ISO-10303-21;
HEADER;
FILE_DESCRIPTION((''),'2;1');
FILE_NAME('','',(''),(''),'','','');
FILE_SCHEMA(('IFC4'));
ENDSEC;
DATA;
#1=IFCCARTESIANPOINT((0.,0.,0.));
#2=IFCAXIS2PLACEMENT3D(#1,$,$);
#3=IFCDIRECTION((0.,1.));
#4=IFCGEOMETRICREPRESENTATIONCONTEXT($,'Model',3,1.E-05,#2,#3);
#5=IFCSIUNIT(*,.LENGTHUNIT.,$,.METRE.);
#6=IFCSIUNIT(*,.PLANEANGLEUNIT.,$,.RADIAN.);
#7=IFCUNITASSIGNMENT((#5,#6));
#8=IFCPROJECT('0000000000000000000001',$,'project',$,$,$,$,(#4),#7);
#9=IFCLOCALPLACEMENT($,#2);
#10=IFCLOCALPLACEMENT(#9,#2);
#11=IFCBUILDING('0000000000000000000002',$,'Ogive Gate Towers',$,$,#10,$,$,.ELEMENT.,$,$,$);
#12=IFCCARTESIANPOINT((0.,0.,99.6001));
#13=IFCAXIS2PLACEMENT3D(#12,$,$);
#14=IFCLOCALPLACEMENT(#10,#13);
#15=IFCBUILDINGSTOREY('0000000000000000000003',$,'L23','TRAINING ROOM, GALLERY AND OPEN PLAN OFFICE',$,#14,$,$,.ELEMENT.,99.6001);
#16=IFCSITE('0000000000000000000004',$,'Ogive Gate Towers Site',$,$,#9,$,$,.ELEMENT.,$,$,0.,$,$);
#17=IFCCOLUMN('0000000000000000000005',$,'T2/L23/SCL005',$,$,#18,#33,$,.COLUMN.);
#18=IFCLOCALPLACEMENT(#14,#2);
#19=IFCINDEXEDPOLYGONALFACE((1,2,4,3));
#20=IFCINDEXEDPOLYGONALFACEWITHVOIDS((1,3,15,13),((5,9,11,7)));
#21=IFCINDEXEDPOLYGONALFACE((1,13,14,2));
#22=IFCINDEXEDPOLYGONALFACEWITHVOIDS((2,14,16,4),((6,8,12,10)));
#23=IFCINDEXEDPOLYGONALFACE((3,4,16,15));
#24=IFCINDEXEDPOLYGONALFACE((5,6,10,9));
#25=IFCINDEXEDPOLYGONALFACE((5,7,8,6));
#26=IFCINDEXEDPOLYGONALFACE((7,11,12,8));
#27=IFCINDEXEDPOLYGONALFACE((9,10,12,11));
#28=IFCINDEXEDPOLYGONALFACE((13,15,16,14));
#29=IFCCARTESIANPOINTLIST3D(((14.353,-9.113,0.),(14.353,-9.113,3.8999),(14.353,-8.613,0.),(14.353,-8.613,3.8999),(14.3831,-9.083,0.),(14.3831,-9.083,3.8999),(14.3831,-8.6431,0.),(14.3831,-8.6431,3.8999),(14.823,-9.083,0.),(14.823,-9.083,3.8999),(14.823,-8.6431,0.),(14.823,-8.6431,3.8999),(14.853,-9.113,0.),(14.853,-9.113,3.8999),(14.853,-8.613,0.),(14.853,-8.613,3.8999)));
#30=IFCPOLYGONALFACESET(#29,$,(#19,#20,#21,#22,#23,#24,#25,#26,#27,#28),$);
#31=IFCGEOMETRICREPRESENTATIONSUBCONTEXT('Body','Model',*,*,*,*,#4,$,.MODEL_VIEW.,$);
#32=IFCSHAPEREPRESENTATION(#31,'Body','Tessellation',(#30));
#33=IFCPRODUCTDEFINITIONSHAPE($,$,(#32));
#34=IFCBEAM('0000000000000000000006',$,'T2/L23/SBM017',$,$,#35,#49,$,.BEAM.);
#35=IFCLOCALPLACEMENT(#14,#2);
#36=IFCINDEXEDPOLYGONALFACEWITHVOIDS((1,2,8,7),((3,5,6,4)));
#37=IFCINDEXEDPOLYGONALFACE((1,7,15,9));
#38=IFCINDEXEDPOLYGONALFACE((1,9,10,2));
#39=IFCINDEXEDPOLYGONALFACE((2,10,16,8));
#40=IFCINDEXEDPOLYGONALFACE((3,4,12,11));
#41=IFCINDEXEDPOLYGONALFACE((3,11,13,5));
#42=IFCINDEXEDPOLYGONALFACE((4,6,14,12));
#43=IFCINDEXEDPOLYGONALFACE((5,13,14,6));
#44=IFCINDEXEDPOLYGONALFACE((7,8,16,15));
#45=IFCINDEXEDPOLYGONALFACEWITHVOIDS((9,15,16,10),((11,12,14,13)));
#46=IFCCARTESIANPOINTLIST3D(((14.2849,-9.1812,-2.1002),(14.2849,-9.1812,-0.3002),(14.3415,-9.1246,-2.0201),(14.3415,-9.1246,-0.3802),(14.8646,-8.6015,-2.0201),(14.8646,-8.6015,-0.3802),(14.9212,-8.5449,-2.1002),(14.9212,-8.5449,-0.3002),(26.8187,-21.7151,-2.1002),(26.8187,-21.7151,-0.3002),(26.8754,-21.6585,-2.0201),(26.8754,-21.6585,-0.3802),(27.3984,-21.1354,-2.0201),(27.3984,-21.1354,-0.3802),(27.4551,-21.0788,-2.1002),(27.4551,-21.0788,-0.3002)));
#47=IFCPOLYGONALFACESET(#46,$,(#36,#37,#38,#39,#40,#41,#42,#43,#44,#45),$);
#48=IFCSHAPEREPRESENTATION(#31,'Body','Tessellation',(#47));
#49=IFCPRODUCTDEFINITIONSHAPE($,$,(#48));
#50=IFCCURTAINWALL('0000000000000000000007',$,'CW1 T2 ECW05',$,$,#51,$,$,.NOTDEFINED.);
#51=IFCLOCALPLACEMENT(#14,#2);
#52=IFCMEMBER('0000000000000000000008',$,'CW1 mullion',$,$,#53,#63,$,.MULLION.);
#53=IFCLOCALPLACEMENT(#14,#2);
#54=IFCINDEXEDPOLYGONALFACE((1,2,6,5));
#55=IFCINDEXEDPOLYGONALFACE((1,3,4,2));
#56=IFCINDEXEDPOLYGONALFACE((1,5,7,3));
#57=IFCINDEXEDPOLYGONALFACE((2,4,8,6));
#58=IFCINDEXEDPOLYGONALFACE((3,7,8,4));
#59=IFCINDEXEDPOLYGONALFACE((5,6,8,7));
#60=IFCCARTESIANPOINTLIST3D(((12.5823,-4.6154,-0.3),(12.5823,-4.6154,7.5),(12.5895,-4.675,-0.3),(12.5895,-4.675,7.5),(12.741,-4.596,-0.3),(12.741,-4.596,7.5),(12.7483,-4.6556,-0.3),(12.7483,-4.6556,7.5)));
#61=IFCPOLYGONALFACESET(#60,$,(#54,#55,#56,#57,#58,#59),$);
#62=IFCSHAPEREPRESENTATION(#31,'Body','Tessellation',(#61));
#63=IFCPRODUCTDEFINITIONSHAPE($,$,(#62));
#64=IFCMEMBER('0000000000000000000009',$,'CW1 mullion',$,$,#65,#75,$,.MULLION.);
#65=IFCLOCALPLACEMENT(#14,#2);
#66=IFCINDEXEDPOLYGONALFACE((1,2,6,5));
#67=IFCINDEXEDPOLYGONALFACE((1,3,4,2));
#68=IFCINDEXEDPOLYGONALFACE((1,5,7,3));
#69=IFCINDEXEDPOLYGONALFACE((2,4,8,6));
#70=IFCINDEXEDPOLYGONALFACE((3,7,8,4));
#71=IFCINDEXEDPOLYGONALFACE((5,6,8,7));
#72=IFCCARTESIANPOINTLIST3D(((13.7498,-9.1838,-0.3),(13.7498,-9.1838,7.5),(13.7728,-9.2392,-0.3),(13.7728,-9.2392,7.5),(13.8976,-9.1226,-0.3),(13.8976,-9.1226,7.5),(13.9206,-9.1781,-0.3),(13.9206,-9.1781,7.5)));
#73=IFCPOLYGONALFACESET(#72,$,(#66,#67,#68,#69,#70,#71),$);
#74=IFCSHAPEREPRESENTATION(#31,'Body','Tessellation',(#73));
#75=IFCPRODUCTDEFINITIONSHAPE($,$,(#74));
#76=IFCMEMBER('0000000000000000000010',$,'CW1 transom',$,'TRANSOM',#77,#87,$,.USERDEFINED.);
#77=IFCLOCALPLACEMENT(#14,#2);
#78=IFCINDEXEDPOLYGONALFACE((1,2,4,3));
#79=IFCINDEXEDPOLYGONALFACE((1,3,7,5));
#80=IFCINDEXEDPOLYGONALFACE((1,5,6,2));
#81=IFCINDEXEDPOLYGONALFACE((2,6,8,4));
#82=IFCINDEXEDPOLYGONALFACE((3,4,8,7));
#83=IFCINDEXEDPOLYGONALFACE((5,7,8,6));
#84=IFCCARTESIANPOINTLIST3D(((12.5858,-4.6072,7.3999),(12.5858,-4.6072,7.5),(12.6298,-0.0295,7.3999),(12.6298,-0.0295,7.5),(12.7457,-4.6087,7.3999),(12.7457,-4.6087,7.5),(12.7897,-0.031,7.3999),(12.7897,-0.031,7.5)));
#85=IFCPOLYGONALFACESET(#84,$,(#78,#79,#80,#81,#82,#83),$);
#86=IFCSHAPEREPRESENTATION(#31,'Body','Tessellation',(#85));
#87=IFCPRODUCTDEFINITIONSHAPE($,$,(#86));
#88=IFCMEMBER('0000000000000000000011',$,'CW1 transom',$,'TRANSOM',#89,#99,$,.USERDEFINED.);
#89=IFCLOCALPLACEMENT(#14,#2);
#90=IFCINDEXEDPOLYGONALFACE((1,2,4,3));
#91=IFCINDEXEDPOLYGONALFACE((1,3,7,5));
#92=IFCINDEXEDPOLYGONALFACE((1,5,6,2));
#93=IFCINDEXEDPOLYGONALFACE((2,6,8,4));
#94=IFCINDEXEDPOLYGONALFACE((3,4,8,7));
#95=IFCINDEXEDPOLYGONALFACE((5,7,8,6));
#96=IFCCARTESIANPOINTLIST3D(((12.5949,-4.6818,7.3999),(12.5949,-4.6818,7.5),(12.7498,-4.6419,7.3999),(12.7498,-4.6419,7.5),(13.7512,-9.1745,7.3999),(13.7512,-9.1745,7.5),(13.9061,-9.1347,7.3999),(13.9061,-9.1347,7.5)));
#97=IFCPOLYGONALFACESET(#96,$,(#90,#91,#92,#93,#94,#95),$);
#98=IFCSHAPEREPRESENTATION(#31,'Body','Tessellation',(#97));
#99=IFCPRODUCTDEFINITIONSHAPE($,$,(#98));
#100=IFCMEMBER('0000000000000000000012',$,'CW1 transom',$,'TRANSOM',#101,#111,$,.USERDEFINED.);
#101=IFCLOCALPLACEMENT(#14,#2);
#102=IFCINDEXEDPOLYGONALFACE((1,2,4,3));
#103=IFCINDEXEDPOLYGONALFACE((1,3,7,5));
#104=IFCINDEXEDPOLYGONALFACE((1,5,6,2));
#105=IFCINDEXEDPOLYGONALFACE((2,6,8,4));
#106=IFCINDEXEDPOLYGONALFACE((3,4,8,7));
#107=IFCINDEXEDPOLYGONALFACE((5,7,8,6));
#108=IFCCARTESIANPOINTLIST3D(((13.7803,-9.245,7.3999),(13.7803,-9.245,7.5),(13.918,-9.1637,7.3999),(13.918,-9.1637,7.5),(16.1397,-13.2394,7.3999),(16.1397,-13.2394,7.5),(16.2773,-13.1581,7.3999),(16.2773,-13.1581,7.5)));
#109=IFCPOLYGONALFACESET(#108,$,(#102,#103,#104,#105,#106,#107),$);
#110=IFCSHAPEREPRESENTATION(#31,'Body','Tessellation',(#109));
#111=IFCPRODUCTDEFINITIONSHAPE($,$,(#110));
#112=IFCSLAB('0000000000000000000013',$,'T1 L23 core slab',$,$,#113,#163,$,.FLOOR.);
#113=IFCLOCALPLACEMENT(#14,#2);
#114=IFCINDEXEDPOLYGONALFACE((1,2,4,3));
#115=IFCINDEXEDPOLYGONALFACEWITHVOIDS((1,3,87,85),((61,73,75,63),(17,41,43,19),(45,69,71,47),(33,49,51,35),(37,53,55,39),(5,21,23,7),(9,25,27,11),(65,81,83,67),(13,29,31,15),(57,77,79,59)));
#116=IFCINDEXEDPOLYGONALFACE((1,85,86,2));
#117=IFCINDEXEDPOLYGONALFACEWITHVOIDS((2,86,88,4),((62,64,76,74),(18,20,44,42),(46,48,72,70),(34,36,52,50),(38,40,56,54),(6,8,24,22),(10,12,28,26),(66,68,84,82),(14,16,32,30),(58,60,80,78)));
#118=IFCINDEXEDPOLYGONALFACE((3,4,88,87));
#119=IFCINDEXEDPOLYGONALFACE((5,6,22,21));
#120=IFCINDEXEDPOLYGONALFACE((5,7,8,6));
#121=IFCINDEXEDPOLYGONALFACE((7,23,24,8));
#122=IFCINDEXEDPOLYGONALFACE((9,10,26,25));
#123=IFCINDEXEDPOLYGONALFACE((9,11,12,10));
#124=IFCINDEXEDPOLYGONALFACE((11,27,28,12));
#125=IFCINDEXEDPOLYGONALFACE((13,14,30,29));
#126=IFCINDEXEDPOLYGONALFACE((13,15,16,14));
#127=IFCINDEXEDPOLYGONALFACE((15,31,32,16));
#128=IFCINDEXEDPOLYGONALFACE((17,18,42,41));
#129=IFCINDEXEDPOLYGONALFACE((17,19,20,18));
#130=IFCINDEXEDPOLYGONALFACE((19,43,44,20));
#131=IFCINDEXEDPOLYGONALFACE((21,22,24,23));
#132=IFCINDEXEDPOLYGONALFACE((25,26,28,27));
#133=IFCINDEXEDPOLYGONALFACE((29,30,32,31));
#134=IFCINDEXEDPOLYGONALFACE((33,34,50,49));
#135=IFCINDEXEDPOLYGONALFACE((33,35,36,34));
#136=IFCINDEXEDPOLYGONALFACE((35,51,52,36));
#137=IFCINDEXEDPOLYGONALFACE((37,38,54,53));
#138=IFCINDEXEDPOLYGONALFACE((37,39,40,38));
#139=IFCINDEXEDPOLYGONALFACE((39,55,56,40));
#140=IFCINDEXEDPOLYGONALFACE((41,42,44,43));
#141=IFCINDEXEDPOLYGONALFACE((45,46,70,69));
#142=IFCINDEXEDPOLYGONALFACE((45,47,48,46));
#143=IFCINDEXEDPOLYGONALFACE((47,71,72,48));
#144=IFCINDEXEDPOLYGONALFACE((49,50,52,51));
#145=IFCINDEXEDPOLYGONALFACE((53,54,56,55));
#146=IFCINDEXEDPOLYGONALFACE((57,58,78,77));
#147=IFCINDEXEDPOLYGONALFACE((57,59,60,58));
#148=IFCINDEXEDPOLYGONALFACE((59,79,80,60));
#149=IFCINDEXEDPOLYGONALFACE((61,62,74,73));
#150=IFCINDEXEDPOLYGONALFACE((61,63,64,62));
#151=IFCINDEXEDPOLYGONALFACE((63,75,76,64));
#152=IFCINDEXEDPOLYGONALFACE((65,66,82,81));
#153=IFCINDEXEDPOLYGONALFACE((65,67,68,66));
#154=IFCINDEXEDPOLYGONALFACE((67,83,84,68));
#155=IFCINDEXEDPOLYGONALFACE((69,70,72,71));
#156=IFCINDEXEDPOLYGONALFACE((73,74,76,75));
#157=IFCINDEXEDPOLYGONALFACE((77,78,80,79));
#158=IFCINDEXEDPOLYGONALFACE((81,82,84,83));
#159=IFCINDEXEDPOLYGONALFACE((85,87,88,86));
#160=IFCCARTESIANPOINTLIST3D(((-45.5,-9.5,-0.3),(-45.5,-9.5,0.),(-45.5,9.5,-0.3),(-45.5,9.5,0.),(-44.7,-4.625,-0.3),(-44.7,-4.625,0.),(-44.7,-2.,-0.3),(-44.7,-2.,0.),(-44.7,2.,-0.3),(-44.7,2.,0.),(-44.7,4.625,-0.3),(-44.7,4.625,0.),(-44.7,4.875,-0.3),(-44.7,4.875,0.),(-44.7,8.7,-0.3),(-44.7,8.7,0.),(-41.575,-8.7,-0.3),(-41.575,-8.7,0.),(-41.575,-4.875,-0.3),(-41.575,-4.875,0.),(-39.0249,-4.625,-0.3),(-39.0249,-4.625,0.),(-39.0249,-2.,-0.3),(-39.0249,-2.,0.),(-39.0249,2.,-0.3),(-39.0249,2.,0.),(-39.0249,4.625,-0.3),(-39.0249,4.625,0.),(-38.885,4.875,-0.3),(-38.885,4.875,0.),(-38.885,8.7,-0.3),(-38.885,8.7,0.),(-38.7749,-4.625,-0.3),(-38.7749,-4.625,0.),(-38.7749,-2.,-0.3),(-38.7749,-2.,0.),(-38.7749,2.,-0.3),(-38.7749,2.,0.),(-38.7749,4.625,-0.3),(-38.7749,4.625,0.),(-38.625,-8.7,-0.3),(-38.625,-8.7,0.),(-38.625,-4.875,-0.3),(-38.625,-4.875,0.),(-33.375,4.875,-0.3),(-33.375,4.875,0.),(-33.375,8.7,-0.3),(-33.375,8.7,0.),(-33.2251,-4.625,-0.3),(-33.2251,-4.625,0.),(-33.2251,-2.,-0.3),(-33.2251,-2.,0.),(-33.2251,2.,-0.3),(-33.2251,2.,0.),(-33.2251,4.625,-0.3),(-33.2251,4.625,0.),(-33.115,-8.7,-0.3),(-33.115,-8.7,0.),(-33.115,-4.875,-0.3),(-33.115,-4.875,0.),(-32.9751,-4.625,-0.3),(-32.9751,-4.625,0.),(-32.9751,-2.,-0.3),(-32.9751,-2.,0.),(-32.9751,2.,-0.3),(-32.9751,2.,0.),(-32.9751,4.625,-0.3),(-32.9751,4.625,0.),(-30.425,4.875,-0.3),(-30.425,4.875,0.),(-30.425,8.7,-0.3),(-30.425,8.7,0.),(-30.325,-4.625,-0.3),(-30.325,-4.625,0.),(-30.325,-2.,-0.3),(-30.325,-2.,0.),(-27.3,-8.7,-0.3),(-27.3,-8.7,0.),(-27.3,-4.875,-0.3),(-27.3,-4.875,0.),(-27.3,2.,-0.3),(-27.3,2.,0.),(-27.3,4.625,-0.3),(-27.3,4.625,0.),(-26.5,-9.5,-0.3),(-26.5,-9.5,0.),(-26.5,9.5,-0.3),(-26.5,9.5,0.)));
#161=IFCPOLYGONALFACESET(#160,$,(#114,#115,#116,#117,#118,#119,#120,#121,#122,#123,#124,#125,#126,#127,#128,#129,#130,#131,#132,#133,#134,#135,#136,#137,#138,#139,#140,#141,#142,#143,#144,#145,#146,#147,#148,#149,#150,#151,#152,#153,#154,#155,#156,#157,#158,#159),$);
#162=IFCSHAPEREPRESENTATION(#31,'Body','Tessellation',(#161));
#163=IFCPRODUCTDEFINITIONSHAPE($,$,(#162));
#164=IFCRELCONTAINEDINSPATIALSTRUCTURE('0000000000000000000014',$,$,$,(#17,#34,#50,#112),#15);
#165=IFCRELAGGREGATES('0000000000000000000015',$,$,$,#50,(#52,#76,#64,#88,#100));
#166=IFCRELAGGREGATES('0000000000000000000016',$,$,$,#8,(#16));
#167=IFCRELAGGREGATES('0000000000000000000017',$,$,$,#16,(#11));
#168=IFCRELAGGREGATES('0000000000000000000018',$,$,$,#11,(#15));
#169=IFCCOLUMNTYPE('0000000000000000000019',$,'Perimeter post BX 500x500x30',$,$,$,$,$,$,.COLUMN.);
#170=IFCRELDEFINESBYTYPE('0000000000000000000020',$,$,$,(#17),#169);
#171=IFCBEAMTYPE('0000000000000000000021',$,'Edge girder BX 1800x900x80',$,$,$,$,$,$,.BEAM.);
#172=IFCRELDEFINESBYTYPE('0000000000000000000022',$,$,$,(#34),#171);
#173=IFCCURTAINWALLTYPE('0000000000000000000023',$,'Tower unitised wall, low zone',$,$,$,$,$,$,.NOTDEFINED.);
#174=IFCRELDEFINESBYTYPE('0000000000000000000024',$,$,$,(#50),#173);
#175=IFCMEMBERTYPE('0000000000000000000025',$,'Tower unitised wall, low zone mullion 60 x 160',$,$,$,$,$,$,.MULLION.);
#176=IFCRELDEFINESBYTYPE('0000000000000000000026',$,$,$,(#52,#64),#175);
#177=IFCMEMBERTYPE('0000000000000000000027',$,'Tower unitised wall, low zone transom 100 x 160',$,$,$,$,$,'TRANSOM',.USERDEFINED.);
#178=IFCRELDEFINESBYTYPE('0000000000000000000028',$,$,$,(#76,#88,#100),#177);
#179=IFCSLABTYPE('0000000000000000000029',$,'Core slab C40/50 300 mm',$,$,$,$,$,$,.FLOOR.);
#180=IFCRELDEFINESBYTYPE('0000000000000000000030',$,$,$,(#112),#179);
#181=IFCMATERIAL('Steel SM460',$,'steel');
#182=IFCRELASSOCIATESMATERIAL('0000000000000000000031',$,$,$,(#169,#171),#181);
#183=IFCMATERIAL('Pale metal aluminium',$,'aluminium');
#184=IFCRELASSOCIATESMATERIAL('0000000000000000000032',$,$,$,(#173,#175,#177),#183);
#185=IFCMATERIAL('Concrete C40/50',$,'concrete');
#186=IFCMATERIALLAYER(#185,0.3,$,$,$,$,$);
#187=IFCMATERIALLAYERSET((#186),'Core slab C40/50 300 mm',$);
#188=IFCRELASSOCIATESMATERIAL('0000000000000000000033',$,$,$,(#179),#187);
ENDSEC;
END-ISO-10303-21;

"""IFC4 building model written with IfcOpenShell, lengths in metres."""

from ifc_helpers import new_model, si_unit, direction, frame, origin, origin_2d, place, context, subcontext, project, spatial, polyline, rectangle, hollow_rectangle, outline, extrude, material, layer, layer_set, material_profile, profile_set, type_object, element, aggregate, save


model = new_model("IFC4")

# Units and contexts
model_context = context("Model", 3, precision=1e-05, world=origin(), true_north=direction((0.0, 1.0)))
body_context = subcontext(model_context, "Body", "Model", "MODEL_VIEW")
ifc_project = project(units=[si_unit("LENGTHUNIT", "METRE"), si_unit("PLANEANGLEUNIT", "RADIAN")], contexts=[model_context])

# Site, building, storey
site_placement = place(None, origin())
site = spatial("IfcSite", under=ifc_project, at=site_placement, Name="Ogive Gate Towers Site", CompositionType="ELEMENT", RefElevation=0.0)
building_placement = place(site_placement, origin())
building = spatial("IfcBuilding", under=site, at=building_placement, Name="Ogive Gate Towers", CompositionType="ELEMENT")
storey_placement = place(building_placement, frame((0.0, 0.0, 99.6001)))
storey = spatial("IfcBuildingStorey", under=building, at=storey_placement, Name="L23", Description="TRAINING ROOM, GALLERY AND OPEN PLAN OFFICE", CompositionType="ELEMENT", Elevation=99.6001)

# Column
ifc_material_1 = material(Name="Steel SM460", Category="steel")
ifc_material_profile_1 = material_profile(ifc_material_1, hollow_rectangle(XDim=0.5, YDim=0.5, WallThickness=0.03, at=origin_2d()), Name="BX 500x500x30")
ifc_profile_set_1 = profile_set([ifc_material_profile_1], Name="Steel SM460")
column_type = type_object("IfcColumnType", Name="Perimeter post BX 500x500x30", PredefinedType="COLUMN", material=ifc_profile_set_1)
column_placement = place(storey_placement, frame((14.603, -8.863, 0.0), z_axis=(0.0, 0.0, 1.0), x_axis=(1.0, 0.0, 0.0)))
element("IfcColumn", 1, at=column_placement, inside=storey, type_object=column_type, Name="T2/L23/SCL005", PredefinedType="COLUMN", context=body_context, shape_type="SweptSolid", body=[
    extrude(hollow_rectangle(XDim=0.5, YDim=0.5, WallThickness=0.03, at=origin_2d()), origin(), (0.0, 0.0, 1.0), 3.8999),
])

# Beam
ifc_material_profile_2 = material_profile(ifc_material_1, hollow_rectangle(XDim=0.8999, YDim=1.8, WallThickness=0.0801, at=origin_2d()), Name="BX 1800x900x80")
ifc_profile_set_2 = profile_set([ifc_material_profile_2], Name="Steel SM460")
beam_type = type_object("IfcBeamType", Name="Edge girder BX 1800x900x80", PredefinedType="BEAM", material=ifc_profile_set_2)
beam_placement = place(storey_placement, frame((14.603, -8.863, -1.2002), z_axis=(0.707107, -0.707107, 0.0), x_axis=(0.707107, 0.707107, 0.0)))
element("IfcBeam", 2, at=beam_placement, inside=storey, type_object=beam_type, Name="T2/L23/SBM017", PredefinedType="BEAM", context=body_context, shape_type="SweptSolid", body=[
    extrude(hollow_rectangle(XDim=0.8999, YDim=1.8, WallThickness=0.0801, at=origin_2d()), origin(), (0.0, 0.0, 1.0), 17.7256),
])

# Curtain wall, members
ifc_material_2 = material(Name="Pale metal aluminium", Category="aluminium")
curtain_wall_type = type_object("IfcCurtainWallType", Name="Tower unitised wall, low zone", PredefinedType="NOTDEFINED", material=ifc_material_2)
curtain_wall_placement = place(storey_placement, origin())
curtain_wall = element("IfcCurtainWall", 3, at=curtain_wall_placement, inside=storey, type_object=curtain_wall_type, Name="CW1 T2 ECW05", PredefinedType="NOTDEFINED")
ifc_material_profile_3 = material_profile(ifc_material_2, rectangle(XDim=0.1599, YDim=0.0601, at=origin_2d()), Name="60 x 160 aluminium box")
ifc_profile_set_3 = profile_set([ifc_material_profile_3], Name="Pale metal aluminium")
member_type_1 = type_object("IfcMemberType", Name="Tower unitised wall, low zone mullion 60 x 160", PredefinedType="MULLION", material=ifc_profile_set_3)
member_1_placement = place(storey_placement, frame((12.6653, -4.6355, -0.3), z_axis=(0.0, 0.0, 1.0), x_axis=(-0.992671, -0.120847, 0.0)))
member_1 = element("IfcMember", 4, at=member_1_placement, type_object=member_type_1, Name="CW1 mullion", PredefinedType="MULLION", context=body_context, shape_type="SweptSolid", body=[
    extrude(rectangle(XDim=0.1599, YDim=0.0601, at=origin_2d()), origin(), (0.0, 0.0, 1.0), 7.8),
])
member_2_placement = place(storey_placement, frame((13.8352, -9.1809, -0.3), z_axis=(0.0, 0.0, 1.0), x_axis=(-0.92388, -0.382683, 0.0)))
member_2 = element("IfcMember", 5, at=member_2_placement, type_object=member_type_1, Name="CW1 mullion", PredefinedType="MULLION", context=body_context, shape_type="SweptSolid", body=[
    extrude(rectangle(XDim=0.1599, YDim=0.0601, at=origin_2d()), origin(), (0.0, 0.0, 1.0), 7.8),
])
ifc_material_profile_4 = material_profile(ifc_material_2, rectangle(XDim=0.1599, YDim=0.1001, at=origin_2d()), Name="100 x 160 aluminium box")
ifc_profile_set_4 = profile_set([ifc_material_profile_4], Name="Pale metal aluminium")
member_type_2 = type_object("IfcMemberType", Name="Tower unitised wall, low zone transom 100 x 160", ElementType="TRANSOM", PredefinedType="USERDEFINED", material=ifc_profile_set_4)
member_3_placement = place(storey_placement, frame((12.7097, -0.0303, 7.45), z_axis=(-0.0096, -0.999954, 0.0), x_axis=(0.999954, -0.0096, 0.0)))
member_3 = element("IfcMember", 6, at=member_3_placement, type_object=member_type_2, Name="CW1 transom", ObjectType="TRANSOM", PredefinedType="USERDEFINED", context=body_context, shape_type="SweptSolid", body=[
    extrude(rectangle(XDim=0.1599, YDim=0.1001, at=origin_2d()), origin(), (0.0, 0.0, 1.0), 4.5779),
])
member_4_placement = place(storey_placement, frame((12.6724, -4.6619, 7.45), z_axis=(0.249241, -0.968441, 0.0), x_axis=(0.968441, 0.249241, 0.0)))
member_4 = element("IfcMember", 7, at=member_4_placement, type_object=member_type_2, Name="CW1 transom", ObjectType="TRANSOM", PredefinedType="USERDEFINED", context=body_context, shape_type="SweptSolid", body=[
    extrude(rectangle(XDim=0.1599, YDim=0.1001, at=origin_2d()), origin(), (0.0, 0.0, 1.0), 4.6392),
])
member_5_placement = place(storey_placement, frame((13.8491, -9.2043, 7.45), z_axis=(0.508579, -0.861016, 0.0), x_axis=(0.861016, 0.508579, 0.0)))
member_5 = element("IfcMember", 8, at=member_5_placement, type_object=member_type_2, Name="CW1 transom", ObjectType="TRANSOM", PredefinedType="USERDEFINED", context=body_context, shape_type="SweptSolid", body=[
    extrude(rectangle(XDim=0.1599, YDim=0.1001, at=origin_2d()), origin(), (0.0, 0.0, 1.0), 4.6392),
])

# Slab
ifc_material_3 = material(Name="Concrete C40/50", Category="concrete")
ifc_layer_1 = layer(ifc_material_3, 0.3)
ifc_layer_set_1 = layer_set([ifc_layer_1], Name="Core slab C40/50 300 mm")
slab_type_1 = type_object("IfcSlabType", Name="Core slab C40/50 300 mm", PredefinedType="FLOOR", material=ifc_layer_set_1)
slab_1_placement = place(storey_placement, frame((0.0, 0.0, -0.3)))
element("IfcSlab", 9, at=slab_1_placement, inside=storey, type_object=slab_type_1, Name="T1 L23 core slab", PredefinedType="FLOOR", context=body_context, shape_type="SweptSolid", body=[
    extrude(outline(polyline([(-26.5, 9.5), (-26.5, -9.5), (-45.5, -9.5), (-45.5, 9.5), (-26.5, 9.5)]), holes=[polyline([(-39.0249, 4.625), (-44.7, 4.625), (-44.7, 2.0), (-39.0249, 2.0), (-39.0249, 4.625)]), polyline([(-33.2251, 2.0), (-33.2251, 4.625), (-38.7749, 4.625), (-38.7749, 2.0), (-33.2251, 2.0)]), polyline([(-32.9751, 2.0), (-27.3, 2.0), (-27.3, 4.625), (-32.9751, 4.625), (-32.9751, 2.0)]), polyline([(-44.7, -2.0), (-44.7, -4.625), (-39.0249, -4.625), (-39.0249, -2.0), (-44.7, -2.0)]), polyline([(-33.2251, -2.0), (-38.7749, -2.0), (-38.7749, -4.625), (-33.2251, -4.625), (-33.2251, -2.0)]), polyline([(-30.325, -4.625), (-30.325, -2.0), (-32.9751, -2.0), (-32.9751, -4.625), (-30.325, -4.625)]), polyline([(-33.375, 4.875), (-30.425, 4.875), (-30.425, 8.7), (-33.375, 8.7), (-33.375, 4.875)]), polyline([(-41.575, -4.875), (-41.575, -8.7), (-38.625, -8.7), (-38.625, -4.875), (-41.575, -4.875)]), polyline([(-44.7, 4.875), (-38.885, 4.875), (-38.885, 8.7), (-44.7, 8.7), (-44.7, 4.875)]), polyline([(-27.3, -8.7), (-27.3, -4.875), (-33.115, -4.875), (-33.115, -8.7), (-27.3, -8.7)])]), origin(), (0.0, 0.0, 1.0), 0.3),
])

aggregate(curtain_wall, [member_1, member_3, member_2, member_4, member_5])

save(model, "model.ifc")
